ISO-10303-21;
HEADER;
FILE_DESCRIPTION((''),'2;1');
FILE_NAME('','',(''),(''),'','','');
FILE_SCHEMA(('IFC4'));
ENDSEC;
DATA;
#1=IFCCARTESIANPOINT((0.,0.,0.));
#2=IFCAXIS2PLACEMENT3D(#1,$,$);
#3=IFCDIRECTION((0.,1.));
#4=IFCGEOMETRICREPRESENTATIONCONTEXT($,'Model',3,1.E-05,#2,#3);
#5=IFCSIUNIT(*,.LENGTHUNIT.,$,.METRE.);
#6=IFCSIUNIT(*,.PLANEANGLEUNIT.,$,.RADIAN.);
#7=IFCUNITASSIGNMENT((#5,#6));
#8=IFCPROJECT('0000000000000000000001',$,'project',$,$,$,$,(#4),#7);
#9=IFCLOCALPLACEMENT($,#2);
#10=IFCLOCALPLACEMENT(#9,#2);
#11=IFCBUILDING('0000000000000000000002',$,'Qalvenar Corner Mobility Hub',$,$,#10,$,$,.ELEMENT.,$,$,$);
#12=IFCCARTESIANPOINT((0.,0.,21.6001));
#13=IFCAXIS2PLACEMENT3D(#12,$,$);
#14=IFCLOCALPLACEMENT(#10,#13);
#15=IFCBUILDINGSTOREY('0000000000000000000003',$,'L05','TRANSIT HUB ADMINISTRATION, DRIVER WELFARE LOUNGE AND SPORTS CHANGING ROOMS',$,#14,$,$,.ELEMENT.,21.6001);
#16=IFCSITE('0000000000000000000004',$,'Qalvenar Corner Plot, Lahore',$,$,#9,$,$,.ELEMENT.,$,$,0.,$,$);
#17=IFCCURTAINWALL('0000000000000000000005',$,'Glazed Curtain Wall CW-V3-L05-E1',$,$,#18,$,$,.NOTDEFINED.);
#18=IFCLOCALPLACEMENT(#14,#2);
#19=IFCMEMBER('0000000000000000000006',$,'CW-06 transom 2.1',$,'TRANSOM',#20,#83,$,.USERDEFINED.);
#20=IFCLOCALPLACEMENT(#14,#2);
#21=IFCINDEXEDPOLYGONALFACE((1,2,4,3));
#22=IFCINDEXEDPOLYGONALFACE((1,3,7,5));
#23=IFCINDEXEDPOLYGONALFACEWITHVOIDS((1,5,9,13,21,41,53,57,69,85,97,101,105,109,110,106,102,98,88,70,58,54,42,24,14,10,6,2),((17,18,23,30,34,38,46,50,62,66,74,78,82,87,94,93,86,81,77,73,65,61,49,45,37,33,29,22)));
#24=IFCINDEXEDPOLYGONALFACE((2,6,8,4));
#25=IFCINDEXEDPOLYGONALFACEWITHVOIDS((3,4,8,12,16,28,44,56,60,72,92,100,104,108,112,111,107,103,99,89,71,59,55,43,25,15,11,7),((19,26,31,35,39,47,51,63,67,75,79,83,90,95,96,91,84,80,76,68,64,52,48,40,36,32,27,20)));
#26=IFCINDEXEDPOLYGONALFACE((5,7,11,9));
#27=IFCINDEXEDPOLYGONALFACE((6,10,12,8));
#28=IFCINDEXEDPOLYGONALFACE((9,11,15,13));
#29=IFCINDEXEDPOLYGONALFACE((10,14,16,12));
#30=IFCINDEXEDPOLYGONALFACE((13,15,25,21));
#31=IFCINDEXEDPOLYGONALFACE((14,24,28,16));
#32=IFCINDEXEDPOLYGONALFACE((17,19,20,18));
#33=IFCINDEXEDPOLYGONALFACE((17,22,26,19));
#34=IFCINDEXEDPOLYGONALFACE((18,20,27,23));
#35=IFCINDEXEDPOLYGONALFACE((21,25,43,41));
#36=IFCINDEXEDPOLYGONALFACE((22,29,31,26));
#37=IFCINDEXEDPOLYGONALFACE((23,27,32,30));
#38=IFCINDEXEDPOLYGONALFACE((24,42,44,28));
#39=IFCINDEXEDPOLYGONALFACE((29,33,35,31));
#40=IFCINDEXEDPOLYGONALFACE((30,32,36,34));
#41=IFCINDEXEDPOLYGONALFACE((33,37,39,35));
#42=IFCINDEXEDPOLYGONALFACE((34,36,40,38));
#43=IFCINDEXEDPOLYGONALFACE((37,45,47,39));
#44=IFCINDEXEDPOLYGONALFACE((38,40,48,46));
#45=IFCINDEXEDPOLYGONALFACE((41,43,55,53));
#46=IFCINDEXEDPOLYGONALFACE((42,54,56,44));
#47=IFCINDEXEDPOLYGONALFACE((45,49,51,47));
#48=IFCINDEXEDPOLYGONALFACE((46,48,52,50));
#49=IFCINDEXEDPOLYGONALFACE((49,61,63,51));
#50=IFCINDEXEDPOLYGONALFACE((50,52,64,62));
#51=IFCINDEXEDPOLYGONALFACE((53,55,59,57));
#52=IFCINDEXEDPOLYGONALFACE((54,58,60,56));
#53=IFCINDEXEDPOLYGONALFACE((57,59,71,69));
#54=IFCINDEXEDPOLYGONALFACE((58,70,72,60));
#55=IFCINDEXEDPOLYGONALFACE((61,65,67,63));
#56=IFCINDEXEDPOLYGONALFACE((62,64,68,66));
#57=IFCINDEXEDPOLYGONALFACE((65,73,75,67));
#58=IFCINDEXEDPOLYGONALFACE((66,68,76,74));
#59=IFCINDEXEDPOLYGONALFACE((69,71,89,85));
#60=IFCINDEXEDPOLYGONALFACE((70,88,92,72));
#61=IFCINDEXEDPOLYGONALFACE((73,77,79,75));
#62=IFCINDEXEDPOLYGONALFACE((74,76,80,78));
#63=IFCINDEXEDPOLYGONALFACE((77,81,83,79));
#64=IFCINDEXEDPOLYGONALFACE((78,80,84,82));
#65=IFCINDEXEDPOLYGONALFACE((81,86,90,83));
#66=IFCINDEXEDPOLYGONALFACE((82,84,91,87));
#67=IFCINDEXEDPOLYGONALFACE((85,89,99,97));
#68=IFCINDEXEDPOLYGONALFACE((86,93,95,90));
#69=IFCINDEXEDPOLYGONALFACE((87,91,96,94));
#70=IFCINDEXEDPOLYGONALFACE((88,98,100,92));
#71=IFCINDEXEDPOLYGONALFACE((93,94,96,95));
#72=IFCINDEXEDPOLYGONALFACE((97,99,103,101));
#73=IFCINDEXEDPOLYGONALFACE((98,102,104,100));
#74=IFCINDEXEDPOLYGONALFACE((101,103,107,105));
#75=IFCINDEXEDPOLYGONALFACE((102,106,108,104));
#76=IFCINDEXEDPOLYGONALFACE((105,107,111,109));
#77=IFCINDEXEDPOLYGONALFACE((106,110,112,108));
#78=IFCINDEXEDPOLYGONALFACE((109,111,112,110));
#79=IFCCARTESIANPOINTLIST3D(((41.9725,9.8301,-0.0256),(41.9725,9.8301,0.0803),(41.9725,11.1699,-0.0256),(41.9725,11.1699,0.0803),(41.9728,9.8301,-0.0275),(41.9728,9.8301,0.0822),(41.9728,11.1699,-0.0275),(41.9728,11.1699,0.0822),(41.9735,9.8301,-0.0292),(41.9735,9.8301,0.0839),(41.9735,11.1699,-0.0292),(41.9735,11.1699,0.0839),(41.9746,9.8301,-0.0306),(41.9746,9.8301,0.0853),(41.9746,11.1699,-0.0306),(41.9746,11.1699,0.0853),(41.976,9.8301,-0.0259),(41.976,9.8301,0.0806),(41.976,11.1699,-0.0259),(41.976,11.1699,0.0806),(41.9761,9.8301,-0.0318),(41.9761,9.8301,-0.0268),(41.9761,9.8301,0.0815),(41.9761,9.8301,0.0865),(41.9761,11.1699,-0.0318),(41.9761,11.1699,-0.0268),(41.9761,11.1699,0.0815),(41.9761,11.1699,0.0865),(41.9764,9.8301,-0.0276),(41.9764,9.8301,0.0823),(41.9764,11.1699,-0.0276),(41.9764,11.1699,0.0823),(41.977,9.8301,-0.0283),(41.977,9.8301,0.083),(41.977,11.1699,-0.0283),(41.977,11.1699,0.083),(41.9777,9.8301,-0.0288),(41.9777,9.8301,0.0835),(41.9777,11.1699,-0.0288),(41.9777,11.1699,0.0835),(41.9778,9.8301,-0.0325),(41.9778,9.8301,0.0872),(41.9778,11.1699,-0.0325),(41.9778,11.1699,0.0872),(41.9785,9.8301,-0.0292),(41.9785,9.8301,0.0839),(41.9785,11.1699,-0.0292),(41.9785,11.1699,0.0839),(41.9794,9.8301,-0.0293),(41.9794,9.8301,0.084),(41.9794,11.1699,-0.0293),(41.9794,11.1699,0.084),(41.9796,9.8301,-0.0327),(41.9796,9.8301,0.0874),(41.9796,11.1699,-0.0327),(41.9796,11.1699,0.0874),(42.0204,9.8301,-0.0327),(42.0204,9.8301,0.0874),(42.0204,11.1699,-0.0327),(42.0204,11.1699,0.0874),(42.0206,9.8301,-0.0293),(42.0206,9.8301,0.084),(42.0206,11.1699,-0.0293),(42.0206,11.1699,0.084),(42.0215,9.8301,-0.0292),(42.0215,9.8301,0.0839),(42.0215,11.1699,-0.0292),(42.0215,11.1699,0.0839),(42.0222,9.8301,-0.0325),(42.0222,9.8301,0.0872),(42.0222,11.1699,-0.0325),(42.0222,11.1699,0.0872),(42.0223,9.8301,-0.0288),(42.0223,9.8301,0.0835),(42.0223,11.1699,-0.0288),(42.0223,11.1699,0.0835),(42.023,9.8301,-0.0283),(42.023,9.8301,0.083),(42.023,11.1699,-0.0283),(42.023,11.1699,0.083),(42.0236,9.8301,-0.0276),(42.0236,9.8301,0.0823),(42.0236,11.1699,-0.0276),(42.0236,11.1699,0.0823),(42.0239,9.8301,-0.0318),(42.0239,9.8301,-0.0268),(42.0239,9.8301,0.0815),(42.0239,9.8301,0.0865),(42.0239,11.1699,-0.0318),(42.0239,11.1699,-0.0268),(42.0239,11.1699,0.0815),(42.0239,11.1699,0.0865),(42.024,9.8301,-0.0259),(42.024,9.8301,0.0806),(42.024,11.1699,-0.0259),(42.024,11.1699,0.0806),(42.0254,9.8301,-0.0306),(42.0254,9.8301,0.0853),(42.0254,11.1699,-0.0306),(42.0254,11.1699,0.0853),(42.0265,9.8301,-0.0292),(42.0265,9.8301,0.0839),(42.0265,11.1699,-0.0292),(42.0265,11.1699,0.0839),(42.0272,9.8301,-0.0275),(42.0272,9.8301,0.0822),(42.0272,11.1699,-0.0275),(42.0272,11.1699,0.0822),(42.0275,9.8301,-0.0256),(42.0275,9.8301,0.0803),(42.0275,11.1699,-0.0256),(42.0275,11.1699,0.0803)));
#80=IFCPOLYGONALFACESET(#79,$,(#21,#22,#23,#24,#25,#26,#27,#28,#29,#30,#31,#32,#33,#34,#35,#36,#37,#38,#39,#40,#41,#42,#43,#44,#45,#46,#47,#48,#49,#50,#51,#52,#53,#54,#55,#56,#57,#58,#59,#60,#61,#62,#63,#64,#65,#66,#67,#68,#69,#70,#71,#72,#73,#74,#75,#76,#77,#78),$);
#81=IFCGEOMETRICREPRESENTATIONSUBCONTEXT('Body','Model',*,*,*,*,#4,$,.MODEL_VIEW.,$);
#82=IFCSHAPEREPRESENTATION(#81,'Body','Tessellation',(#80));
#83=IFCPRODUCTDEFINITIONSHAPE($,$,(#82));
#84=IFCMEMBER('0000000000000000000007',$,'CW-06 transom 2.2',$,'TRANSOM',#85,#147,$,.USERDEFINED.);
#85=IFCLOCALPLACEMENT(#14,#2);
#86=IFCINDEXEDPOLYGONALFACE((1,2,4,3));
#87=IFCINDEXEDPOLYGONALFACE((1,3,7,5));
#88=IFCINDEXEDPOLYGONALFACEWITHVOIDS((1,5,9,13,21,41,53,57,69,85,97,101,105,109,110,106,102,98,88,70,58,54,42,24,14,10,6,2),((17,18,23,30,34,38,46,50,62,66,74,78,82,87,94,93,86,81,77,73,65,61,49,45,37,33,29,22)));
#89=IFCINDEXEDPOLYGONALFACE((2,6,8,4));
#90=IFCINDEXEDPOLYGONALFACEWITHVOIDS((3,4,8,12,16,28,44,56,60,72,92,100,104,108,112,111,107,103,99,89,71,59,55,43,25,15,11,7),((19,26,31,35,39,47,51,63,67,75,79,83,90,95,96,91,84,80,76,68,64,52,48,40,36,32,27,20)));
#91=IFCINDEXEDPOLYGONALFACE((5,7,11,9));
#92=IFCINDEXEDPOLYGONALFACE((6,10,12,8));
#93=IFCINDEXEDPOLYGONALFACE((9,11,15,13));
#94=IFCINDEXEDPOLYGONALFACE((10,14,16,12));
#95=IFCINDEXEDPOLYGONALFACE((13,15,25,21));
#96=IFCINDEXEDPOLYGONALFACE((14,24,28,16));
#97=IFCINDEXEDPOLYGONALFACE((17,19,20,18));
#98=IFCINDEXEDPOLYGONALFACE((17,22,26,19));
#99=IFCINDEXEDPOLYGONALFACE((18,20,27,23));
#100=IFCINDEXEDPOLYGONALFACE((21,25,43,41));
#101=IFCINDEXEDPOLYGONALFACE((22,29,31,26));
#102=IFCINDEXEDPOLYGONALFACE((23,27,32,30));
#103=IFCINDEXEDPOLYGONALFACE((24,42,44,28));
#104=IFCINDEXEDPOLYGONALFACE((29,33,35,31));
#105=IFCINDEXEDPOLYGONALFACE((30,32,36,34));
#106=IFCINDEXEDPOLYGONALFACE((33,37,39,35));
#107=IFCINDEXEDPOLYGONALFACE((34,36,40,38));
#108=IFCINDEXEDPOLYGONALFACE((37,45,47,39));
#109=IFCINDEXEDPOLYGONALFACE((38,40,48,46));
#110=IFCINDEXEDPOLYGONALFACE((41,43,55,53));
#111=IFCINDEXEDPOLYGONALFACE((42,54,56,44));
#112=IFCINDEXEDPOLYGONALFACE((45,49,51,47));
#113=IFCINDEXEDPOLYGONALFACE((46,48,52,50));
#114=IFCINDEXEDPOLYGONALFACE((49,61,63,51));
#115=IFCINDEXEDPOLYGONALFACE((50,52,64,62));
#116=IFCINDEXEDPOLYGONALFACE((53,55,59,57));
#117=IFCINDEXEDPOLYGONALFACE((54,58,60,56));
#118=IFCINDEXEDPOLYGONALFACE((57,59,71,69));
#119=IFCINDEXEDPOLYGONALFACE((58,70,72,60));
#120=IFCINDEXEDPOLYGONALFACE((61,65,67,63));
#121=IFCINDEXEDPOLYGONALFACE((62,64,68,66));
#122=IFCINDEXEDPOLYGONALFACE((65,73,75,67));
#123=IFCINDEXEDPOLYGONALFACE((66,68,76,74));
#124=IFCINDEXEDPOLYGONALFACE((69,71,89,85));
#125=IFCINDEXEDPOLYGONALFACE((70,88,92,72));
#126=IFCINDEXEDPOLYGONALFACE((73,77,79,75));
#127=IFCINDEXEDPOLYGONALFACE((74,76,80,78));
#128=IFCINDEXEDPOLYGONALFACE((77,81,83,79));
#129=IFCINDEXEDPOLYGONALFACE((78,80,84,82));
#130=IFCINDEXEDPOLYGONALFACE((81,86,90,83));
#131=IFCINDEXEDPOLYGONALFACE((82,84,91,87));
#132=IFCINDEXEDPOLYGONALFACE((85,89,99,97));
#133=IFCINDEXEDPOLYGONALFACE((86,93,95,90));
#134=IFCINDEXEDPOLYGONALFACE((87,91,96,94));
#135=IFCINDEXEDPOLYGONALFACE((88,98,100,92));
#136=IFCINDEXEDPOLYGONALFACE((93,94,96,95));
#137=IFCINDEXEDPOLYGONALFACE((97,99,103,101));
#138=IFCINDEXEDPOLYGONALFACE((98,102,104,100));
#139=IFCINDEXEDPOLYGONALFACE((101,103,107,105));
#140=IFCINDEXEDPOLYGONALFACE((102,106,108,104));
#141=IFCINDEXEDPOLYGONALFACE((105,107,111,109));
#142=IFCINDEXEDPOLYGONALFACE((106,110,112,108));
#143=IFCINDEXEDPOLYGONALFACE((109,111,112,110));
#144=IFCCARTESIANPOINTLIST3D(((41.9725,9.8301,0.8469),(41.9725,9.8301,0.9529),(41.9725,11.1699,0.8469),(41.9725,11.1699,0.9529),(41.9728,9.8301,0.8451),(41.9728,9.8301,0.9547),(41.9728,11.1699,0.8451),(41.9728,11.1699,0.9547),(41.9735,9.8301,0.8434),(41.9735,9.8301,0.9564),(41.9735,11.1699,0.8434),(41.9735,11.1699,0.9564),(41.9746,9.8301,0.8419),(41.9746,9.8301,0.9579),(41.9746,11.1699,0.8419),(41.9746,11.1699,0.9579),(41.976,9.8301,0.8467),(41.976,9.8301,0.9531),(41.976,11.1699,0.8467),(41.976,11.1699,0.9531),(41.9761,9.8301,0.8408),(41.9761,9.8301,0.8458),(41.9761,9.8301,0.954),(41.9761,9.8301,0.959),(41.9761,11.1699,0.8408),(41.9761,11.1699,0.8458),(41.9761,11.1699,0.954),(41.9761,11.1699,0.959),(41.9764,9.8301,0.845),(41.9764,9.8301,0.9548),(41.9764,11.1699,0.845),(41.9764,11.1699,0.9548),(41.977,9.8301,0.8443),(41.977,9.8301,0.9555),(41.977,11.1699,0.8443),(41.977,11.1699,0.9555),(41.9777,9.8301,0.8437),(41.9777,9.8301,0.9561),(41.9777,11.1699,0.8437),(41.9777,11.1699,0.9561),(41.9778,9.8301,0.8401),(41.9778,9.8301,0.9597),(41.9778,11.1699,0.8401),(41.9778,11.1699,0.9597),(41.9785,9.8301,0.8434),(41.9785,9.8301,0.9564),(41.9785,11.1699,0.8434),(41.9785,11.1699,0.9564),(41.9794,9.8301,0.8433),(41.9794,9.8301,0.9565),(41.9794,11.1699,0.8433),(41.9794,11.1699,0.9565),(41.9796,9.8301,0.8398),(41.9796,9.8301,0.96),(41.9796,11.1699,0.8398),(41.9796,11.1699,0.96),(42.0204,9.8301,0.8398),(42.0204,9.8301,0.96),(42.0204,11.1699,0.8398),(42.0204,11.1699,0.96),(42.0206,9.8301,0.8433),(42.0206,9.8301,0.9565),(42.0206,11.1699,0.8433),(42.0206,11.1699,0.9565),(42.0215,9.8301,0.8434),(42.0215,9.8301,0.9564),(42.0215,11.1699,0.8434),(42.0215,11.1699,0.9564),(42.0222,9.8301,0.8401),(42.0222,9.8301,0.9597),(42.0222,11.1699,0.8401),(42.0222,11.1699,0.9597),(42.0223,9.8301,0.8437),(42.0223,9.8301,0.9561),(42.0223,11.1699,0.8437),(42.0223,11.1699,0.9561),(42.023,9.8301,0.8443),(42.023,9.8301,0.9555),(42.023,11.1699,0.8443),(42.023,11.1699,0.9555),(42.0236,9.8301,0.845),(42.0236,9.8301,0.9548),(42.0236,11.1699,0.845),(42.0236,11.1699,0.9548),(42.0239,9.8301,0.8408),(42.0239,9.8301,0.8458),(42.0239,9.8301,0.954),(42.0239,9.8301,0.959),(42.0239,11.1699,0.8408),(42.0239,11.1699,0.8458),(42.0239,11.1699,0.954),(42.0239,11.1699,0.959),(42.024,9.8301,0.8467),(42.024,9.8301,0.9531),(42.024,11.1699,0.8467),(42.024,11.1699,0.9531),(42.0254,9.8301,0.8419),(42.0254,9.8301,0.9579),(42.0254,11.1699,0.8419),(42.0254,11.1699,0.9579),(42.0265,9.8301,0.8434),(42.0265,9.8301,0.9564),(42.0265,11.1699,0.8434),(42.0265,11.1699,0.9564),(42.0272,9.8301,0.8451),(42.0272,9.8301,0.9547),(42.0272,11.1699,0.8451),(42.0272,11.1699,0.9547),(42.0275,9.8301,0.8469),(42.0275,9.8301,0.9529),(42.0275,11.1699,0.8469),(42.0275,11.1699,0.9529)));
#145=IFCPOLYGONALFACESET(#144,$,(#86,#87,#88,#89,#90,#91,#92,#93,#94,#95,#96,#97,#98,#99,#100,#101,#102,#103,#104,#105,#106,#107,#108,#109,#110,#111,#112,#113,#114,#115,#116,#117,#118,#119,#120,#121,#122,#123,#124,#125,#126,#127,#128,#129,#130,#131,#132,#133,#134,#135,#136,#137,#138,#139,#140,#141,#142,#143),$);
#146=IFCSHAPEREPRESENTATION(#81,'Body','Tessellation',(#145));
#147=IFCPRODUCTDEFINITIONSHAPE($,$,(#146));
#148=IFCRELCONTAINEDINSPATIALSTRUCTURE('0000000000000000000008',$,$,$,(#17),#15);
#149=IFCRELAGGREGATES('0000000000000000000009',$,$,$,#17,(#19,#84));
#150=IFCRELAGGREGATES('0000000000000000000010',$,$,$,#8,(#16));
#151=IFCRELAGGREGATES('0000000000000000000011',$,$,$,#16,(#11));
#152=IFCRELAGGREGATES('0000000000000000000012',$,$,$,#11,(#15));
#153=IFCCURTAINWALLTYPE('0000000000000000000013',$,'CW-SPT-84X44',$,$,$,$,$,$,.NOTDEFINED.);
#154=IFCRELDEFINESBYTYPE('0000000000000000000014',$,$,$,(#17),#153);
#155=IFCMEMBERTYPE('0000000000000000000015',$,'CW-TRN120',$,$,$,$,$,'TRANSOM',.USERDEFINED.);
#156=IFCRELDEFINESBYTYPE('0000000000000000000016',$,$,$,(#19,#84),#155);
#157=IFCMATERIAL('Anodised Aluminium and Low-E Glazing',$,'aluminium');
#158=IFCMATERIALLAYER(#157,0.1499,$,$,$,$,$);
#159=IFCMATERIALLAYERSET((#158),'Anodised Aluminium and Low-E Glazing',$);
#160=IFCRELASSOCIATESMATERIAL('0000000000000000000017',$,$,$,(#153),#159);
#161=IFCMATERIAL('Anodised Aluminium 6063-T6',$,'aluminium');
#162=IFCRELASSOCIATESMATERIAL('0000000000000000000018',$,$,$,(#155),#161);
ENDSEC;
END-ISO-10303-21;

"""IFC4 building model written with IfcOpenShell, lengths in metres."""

from ifc_helpers import new_model, si_unit, direction, frame, origin, origin_2d, place, context, subcontext, project, spatial, hollow_rectangle, extrude, material, layer, layer_set, material_profile, profile_set, type_object, element, aggregate, save


model = new_model("IFC4")

# Units and contexts
model_context = context("Model", 3, precision=1e-05, world=origin(), true_north=direction((0.0, 1.0)))
body_context = subcontext(model_context, "Body", "Model", "MODEL_VIEW")
ifc_project = project(units=[si_unit("LENGTHUNIT", "METRE"), si_unit("PLANEANGLEUNIT", "RADIAN")], contexts=[model_context])

# Site, building, storey
site_placement = place(None, origin())
site = spatial("IfcSite", under=ifc_project, at=site_placement, Name="Qalvenar Corner Plot, Lahore", CompositionType="ELEMENT", RefElevation=0.0)
building_placement = place(site_placement, origin())
building = spatial("IfcBuilding", under=site, at=building_placement, Name="Qalvenar Corner Mobility Hub", CompositionType="ELEMENT")
storey_placement = place(building_placement, frame((0.0, 0.0, 21.6001)))
storey = spatial("IfcBuildingStorey", under=building, at=storey_placement, Name="L05", Description="TRANSIT HUB ADMINISTRATION, DRIVER WELFARE LOUNGE AND SPORTS CHANGING ROOMS", CompositionType="ELEMENT", Elevation=21.6001)

# Curtain wall, members
ifc_material_1 = material(Name="Anodised Aluminium and Low-E Glazing", Category="aluminium")
ifc_layer_1 = layer(ifc_material_1, 0.1499)
ifc_layer_set_1 = layer_set([ifc_layer_1], Name="Anodised Aluminium and Low-E Glazing")
curtain_wall_type = type_object("IfcCurtainWallType", Name="CW-SPT-84X44", PredefinedType="NOTDEFINED", material=ifc_layer_set_1)
curtain_wall_placement = place(storey_placement, origin())
curtain_wall = element("IfcCurtainWall", 1, at=curtain_wall_placement, inside=storey, type_object=curtain_wall_type, Name="Glazed Curtain Wall CW-V3-L05-E1", PredefinedType="NOTDEFINED")
ifc_material_2 = material(Name="Anodised Aluminium 6063-T6", Category="aluminium")
ifc_material_profile_1 = material_profile(ifc_material_2, hollow_rectangle(XDim=0.0549, YDim=0.1201, WallThickness=0.0034, InnerFilletRadius=0.0034, OuterFilletRadius=0.0071, at=origin_2d()), Name="RHS120x55x3.5")
ifc_profile_set_1 = profile_set([ifc_material_profile_1], Name="Anodised Aluminium 6063-T6")
member_type_1 = type_object("IfcMemberType", Name="CW-TRN120", ElementType="TRANSOM", PredefinedType="USERDEFINED", material=ifc_profile_set_1)
member_1_placement = place(storey_placement, frame((42.0, 9.8301, 0.0273), z_axis=(0.0, 1.0, 0.0), x_axis=(-1.0, 0.0, 0.0)))
member_1 = element("IfcMember", 2, at=member_1_placement, type_object=member_type_1, Name="CW-06 transom 2.1", ObjectType="TRANSOM", PredefinedType="USERDEFINED", context=body_context, shape_type="SweptSolid", body=[
    extrude(hollow_rectangle(XDim=0.0549, YDim=0.1201, WallThickness=0.0034, InnerFilletRadius=0.0034, OuterFilletRadius=0.0071, at=origin_2d()), origin(), (0.0, 0.0, 1.0), 1.3398),
])
member_2_placement = place(storey_placement, frame((42.0, 9.8301, 0.8999), z_axis=(0.0, 1.0, 0.0), x_axis=(-1.0, 0.0, 0.0)))
member_2 = element("IfcMember", 3, at=member_2_placement, type_object=member_type_1, Name="CW-06 transom 2.2", ObjectType="TRANSOM", PredefinedType="USERDEFINED", context=body_context, shape_type="SweptSolid", body=[
    extrude(hollow_rectangle(XDim=0.0549, YDim=0.1201, WallThickness=0.0034, InnerFilletRadius=0.0034, OuterFilletRadius=0.0071, at=origin_2d()), origin(), (0.0, 0.0, 1.0), 1.3398),
])
aggregate(curtain_wall, [member_1, member_2])

save(model, "model.ifc")
